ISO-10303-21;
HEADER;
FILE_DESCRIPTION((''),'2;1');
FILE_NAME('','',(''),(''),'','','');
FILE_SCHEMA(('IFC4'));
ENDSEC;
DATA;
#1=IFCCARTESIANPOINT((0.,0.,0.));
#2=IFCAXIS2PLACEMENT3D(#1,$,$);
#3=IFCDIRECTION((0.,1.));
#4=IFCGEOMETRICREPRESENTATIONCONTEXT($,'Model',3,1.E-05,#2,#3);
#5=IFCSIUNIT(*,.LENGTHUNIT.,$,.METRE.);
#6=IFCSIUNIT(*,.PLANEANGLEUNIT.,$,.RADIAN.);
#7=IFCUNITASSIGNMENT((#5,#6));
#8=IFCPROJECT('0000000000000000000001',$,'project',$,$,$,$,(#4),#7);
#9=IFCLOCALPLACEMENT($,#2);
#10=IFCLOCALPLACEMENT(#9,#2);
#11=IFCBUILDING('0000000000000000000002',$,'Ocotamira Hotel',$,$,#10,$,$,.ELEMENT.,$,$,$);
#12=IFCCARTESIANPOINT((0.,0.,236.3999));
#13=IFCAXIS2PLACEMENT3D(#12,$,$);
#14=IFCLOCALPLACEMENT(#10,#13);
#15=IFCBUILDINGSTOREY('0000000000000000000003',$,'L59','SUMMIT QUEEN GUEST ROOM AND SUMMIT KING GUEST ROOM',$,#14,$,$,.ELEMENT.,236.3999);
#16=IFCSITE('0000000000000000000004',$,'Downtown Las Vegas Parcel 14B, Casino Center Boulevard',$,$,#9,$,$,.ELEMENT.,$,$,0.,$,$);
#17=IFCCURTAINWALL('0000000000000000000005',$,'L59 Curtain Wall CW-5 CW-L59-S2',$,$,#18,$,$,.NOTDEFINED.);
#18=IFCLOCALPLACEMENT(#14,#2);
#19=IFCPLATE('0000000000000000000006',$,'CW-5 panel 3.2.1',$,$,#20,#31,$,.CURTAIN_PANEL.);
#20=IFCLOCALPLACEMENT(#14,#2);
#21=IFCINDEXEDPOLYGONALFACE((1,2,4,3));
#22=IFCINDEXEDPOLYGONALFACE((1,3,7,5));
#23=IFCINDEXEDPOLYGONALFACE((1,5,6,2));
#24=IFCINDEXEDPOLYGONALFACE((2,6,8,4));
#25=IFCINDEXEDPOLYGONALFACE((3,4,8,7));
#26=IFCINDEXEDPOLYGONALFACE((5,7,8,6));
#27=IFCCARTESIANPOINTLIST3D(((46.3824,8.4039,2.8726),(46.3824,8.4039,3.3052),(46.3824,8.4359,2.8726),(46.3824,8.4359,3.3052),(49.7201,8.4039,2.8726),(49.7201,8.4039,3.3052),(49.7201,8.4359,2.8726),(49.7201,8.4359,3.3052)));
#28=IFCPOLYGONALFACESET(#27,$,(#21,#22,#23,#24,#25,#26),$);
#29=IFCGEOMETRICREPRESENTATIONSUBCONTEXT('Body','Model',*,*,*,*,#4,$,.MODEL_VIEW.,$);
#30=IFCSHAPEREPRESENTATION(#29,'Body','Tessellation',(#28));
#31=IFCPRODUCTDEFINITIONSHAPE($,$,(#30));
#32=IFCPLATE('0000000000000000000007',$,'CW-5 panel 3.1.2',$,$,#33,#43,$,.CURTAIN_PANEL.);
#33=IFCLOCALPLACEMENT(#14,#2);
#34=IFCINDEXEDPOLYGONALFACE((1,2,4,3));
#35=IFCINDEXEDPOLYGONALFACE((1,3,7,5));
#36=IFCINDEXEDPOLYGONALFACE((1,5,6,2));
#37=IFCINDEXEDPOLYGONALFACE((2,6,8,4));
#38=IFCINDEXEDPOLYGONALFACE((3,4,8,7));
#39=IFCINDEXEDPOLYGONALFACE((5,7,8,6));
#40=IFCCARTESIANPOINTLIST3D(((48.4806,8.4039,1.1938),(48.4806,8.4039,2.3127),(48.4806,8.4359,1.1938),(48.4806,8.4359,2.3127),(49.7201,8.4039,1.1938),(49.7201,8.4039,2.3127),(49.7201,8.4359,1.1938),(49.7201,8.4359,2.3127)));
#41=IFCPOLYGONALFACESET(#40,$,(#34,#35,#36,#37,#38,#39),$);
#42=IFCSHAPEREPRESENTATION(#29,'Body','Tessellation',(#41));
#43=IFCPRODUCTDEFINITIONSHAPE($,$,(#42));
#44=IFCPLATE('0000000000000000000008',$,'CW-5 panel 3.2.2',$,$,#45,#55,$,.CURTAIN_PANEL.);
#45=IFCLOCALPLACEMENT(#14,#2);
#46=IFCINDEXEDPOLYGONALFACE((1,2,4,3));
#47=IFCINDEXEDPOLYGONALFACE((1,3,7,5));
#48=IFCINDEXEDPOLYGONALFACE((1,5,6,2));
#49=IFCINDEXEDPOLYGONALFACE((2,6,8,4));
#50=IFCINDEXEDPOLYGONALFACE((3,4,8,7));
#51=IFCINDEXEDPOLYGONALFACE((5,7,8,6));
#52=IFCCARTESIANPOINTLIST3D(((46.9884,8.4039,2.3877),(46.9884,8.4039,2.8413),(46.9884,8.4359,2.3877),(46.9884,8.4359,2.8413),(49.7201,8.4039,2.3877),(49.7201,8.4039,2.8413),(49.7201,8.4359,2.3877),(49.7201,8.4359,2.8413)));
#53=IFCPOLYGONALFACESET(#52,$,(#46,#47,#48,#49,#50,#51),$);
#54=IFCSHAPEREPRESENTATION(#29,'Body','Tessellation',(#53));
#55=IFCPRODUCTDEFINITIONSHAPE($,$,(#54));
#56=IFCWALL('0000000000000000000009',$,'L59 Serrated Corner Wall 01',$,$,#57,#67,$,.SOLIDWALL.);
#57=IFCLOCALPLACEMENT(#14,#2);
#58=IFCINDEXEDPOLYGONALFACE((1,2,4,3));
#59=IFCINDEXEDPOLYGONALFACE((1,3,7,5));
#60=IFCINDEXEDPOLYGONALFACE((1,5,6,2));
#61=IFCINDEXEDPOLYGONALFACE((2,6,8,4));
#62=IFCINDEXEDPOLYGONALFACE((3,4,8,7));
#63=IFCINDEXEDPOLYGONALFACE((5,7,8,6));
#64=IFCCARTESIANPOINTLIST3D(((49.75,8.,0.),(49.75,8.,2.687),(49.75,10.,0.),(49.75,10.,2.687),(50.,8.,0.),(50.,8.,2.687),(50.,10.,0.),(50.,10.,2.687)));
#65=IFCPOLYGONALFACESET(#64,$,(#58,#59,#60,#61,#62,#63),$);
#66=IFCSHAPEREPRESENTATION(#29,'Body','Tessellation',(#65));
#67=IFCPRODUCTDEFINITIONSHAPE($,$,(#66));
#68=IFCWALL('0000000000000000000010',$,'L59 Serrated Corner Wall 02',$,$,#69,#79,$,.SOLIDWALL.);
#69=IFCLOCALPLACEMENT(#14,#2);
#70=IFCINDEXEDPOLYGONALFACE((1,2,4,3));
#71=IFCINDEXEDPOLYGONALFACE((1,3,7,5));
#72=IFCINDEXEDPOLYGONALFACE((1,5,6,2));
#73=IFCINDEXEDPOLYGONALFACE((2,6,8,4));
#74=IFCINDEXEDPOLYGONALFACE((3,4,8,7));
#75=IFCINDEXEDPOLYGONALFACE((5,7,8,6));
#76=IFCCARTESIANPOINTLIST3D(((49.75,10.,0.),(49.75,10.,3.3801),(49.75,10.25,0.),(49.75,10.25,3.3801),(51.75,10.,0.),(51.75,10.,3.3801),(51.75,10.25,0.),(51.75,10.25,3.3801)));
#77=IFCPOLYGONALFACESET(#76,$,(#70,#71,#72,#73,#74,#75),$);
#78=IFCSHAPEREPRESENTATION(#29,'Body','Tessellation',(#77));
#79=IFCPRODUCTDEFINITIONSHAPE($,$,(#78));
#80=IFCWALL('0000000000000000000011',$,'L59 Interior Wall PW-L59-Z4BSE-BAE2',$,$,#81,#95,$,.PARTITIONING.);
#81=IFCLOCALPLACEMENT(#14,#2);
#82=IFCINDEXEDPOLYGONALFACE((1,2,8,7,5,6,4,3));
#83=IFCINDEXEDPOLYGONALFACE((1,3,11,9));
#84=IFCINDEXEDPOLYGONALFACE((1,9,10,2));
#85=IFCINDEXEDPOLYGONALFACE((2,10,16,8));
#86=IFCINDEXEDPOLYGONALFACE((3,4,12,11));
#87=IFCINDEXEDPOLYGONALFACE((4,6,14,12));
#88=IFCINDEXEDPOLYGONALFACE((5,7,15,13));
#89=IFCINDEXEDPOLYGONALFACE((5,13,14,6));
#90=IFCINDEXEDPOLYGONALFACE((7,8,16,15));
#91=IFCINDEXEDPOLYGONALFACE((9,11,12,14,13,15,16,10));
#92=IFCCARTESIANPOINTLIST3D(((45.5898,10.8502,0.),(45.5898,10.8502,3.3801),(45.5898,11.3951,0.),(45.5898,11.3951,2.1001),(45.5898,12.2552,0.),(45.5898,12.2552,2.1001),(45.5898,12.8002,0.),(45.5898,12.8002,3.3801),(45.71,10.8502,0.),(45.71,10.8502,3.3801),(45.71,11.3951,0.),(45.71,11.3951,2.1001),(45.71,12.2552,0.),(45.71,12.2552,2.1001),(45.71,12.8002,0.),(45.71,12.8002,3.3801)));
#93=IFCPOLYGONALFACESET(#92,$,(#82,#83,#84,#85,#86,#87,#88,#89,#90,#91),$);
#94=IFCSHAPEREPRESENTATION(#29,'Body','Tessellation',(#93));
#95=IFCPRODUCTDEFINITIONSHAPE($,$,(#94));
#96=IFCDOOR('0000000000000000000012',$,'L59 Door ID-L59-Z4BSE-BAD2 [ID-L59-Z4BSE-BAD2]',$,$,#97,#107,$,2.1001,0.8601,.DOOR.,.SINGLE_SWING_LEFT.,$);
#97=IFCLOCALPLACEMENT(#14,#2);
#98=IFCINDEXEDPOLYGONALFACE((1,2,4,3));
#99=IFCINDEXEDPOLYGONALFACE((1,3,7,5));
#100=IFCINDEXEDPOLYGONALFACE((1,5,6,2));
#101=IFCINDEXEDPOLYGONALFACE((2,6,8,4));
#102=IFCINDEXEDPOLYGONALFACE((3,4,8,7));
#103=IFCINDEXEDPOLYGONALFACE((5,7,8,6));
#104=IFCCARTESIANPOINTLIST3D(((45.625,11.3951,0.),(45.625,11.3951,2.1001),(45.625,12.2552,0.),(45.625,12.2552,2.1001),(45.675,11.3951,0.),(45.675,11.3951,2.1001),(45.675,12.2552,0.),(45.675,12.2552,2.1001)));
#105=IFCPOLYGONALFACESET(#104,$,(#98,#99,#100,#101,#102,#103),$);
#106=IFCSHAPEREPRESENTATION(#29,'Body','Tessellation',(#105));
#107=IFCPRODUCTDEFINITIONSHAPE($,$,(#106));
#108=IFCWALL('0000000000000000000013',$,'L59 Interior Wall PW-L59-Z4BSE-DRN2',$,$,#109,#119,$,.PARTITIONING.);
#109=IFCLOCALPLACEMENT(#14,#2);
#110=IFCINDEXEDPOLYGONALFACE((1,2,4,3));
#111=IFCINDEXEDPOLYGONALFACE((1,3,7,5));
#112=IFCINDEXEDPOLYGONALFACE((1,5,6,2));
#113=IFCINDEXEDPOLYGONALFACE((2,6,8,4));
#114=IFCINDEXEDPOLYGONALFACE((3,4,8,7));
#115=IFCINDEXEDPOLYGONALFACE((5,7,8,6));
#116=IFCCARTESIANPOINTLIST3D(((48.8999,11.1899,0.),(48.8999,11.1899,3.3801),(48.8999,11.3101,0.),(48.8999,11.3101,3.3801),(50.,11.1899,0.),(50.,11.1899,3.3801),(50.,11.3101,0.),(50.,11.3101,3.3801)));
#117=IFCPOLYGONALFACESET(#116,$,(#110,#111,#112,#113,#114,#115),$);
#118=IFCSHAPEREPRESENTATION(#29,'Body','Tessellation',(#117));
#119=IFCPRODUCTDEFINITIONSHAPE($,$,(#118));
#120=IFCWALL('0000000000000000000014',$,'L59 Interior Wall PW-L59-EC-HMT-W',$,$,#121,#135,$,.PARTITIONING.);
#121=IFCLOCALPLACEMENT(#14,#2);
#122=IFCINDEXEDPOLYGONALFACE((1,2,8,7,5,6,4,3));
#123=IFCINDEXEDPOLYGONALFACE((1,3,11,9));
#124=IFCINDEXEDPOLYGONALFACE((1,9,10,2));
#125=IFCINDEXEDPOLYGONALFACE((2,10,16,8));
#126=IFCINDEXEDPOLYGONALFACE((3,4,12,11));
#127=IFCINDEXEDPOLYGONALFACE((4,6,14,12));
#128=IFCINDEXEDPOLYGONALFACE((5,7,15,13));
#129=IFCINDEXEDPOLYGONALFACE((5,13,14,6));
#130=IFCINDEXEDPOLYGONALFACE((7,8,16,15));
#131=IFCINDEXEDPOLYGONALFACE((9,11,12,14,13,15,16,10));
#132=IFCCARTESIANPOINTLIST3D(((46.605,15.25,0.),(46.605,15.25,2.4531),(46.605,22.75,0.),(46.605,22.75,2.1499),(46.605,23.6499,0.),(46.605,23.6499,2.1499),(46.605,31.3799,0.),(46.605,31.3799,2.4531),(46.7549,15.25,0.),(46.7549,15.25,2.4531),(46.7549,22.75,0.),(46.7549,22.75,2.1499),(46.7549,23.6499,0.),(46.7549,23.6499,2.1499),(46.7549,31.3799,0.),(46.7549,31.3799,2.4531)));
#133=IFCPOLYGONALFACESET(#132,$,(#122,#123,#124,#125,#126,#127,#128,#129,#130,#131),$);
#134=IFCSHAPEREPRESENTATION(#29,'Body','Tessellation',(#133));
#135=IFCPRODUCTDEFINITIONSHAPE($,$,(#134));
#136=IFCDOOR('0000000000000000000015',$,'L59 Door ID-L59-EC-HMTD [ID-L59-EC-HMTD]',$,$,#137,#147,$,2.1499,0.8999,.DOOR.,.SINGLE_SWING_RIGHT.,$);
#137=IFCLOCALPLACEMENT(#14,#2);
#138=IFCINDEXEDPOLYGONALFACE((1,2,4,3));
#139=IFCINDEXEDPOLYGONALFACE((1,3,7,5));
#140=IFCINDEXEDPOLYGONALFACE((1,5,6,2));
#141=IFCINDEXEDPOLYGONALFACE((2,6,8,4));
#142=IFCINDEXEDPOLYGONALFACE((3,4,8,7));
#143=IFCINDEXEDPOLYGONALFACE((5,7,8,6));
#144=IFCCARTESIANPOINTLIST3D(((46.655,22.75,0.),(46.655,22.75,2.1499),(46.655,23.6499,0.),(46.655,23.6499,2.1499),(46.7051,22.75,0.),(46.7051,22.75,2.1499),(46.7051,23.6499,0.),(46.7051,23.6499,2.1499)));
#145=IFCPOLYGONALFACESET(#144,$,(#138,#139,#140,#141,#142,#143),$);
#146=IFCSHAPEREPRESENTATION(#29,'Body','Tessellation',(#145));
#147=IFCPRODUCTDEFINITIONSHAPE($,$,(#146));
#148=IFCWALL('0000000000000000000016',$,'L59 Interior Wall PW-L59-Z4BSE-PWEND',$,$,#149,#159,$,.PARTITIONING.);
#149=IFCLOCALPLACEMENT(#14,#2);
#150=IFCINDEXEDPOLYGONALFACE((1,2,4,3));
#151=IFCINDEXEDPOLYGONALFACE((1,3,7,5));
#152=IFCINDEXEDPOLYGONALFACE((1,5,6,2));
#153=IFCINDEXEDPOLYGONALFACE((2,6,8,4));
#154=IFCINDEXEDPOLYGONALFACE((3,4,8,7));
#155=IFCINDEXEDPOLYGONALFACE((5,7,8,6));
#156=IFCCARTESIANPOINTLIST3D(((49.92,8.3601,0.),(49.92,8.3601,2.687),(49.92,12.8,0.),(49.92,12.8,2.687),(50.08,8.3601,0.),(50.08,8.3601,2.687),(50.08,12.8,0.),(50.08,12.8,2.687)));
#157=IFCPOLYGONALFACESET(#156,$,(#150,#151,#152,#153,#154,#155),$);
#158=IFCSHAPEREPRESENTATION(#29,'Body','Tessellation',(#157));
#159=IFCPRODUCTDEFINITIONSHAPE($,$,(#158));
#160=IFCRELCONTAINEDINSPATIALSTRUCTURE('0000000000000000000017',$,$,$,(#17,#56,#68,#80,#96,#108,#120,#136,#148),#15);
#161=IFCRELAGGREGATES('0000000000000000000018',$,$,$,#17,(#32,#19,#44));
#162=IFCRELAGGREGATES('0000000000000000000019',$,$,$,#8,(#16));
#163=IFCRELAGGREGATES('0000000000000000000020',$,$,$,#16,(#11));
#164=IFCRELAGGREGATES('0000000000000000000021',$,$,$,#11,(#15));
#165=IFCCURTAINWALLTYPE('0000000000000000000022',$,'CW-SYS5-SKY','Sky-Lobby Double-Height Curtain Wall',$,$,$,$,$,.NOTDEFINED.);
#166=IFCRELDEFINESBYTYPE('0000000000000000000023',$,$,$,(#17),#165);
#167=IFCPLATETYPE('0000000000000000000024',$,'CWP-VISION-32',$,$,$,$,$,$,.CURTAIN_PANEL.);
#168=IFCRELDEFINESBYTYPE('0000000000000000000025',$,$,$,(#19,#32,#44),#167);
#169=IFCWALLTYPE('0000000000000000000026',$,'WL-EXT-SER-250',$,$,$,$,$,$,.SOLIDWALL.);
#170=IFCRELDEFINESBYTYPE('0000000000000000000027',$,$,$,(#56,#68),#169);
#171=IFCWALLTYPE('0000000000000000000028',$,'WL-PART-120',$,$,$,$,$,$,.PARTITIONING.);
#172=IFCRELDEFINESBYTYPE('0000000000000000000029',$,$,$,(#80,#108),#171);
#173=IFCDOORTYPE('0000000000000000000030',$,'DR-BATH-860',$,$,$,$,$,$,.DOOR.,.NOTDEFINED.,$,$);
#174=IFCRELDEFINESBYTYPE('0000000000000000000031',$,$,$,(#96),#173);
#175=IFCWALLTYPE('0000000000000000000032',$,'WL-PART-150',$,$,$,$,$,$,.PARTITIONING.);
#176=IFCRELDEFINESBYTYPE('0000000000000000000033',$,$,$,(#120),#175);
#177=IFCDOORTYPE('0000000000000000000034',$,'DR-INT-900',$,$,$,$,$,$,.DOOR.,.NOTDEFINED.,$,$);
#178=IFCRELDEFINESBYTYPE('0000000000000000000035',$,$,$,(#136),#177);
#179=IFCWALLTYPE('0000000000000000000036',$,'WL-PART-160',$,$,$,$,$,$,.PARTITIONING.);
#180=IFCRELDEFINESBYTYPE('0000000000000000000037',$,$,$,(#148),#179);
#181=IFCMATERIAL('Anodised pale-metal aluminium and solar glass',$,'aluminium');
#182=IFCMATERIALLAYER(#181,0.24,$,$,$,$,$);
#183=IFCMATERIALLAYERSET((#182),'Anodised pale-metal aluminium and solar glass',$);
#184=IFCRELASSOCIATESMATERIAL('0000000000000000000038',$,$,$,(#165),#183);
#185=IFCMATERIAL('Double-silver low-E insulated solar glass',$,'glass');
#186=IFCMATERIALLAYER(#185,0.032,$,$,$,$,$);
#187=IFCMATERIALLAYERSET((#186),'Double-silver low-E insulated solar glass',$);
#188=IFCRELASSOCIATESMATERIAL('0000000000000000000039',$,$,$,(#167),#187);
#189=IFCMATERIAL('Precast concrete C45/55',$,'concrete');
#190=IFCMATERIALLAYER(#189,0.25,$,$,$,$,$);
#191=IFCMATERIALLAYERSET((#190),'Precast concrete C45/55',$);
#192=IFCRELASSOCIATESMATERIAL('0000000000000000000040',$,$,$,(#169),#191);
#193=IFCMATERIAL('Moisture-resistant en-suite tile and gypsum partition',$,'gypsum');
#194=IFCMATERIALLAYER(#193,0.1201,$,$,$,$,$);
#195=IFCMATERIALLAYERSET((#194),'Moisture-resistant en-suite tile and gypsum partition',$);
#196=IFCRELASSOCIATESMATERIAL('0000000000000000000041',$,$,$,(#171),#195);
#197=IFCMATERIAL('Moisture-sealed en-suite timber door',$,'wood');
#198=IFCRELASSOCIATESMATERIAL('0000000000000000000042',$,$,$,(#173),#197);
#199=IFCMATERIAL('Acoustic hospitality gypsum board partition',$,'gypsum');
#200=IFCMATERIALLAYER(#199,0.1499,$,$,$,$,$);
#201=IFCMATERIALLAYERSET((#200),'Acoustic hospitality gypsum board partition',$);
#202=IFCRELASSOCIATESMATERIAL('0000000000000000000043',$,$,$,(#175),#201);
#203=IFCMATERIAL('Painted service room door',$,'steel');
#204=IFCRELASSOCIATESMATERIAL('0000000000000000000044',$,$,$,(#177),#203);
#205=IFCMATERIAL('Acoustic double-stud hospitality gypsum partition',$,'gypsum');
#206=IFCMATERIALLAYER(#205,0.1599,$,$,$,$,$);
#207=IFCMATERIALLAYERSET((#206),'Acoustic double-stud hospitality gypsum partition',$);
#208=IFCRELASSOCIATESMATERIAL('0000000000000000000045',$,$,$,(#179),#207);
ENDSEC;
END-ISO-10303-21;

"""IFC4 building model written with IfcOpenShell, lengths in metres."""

from ifc_helpers import new_model, si_unit, direction, frame, frame_2d, origin, origin_2d, place, context, subcontext, project, spatial, rectangle, extrude, source, transform, mapped, material, layer, layer_set, type_object, element, fill, aggregate, save


model = new_model("IFC4")

# Units and contexts
model_context = context("Model", 3, precision=1e-05, world=origin(), true_north=direction((0.0, 1.0)))
body_context = subcontext(model_context, "Body", "Model", "MODEL_VIEW")
ifc_project = project(units=[si_unit("LENGTHUNIT", "METRE"), si_unit("PLANEANGLEUNIT", "RADIAN")], contexts=[model_context])

# Site, building, storey
site_placement = place(None, origin())
site = spatial("IfcSite", under=ifc_project, at=site_placement, Name="Downtown Las Vegas Parcel 14B, Casino Center Boulevard", CompositionType="ELEMENT", RefElevation=0.0)
building_placement = place(site_placement, origin())
building = spatial("IfcBuilding", under=site, at=building_placement, Name="Ocotamira Hotel", CompositionType="ELEMENT")
storey_placement = place(building_placement, frame((0.0, 0.0, 236.3999)))
storey = spatial("IfcBuildingStorey", under=building, at=storey_placement, Name="L59", Description="SUMMIT QUEEN GUEST ROOM AND SUMMIT KING GUEST ROOM", CompositionType="ELEMENT", Elevation=236.3999)

# Curtain wall, plates
ifc_material_1 = material(Name="Anodised pale-metal aluminium and solar glass", Category="aluminium")
ifc_layer_1 = layer(ifc_material_1, 0.24)
ifc_layer_set_1 = layer_set([ifc_layer_1], Name="Anodised pale-metal aluminium and solar glass")
curtain_wall_type = type_object("IfcCurtainWallType", Name="CW-SYS5-SKY", Description="Sky-Lobby Double-Height Curtain Wall", PredefinedType="NOTDEFINED", material=ifc_layer_set_1)
curtain_wall_placement = place(storey_placement, origin())
curtain_wall = element("IfcCurtainWall", 1, at=curtain_wall_placement, inside=storey, type_object=curtain_wall_type, Name="L59 Curtain Wall CW-5 CW-L59-S2", PredefinedType="NOTDEFINED")
ifc_material_2 = material(Name="Double-silver low-E insulated solar glass", Category="glass")
ifc_layer_2 = layer(ifc_material_2, 0.032)
ifc_layer_set_2 = layer_set([ifc_layer_2], Name="Double-silver low-E insulated solar glass")
plate_type = type_object("IfcPlateType", Name="CWP-VISION-32", PredefinedType="CURTAIN_PANEL", material=ifc_layer_set_2)
shared_shape_1 = source(origin(), body_context, "Body", "SweptSolid", [
    extrude(rectangle(XDim=3.3376, YDim=0.032, at=origin_2d()), origin(), (0.0, 0.0, 1.0), 0.4326),
])
plate_1_placement = place(storey_placement, frame((48.0513, 8.4199, 2.8726), z_axis=(0.0, 0.0, 1.0), x_axis=(1.0, 0.0, 0.0)))
plate_1 = element("IfcPlate", 2, at=plate_1_placement, type_object=plate_type, Name="CW-5 panel 3.2.1", PredefinedType="CURTAIN_PANEL", context=body_context, shape_type="MappedRepresentation", body=[
    mapped(shared_shape_1, transform((0.0, 0.0, 0.0), scale=1.0)),
])
shared_shape_2 = source(origin(), body_context, "Body", "SweptSolid", [
    extrude(rectangle(XDim=1.2395, YDim=0.032, at=origin_2d()), origin(), (0.0, 0.0, 1.0), 1.1189),
])
plate_2_placement = place(storey_placement, frame((49.1003, 8.4199, 1.1938), z_axis=(0.0, 0.0, 1.0), x_axis=(1.0, 0.0, 0.0)))
plate_2 = element("IfcPlate", 3, at=plate_2_placement, type_object=plate_type, Name="CW-5 panel 3.1.2", PredefinedType="CURTAIN_PANEL", context=body_context, shape_type="MappedRepresentation", body=[
    mapped(shared_shape_2, transform((0.0, 0.0, 0.0), scale=1.0)),
])
shared_shape_3 = source(origin(), body_context, "Body", "SweptSolid", [
    extrude(rectangle(XDim=2.7317, YDim=0.032, at=origin_2d()), origin(), (0.0, 0.0, 1.0), 0.4536),
])
plate_3_placement = place(storey_placement, frame((48.3542, 8.4199, 2.3877), z_axis=(0.0, 0.0, 1.0), x_axis=(1.0, 0.0, 0.0)))
plate_3 = element("IfcPlate", 4, at=plate_3_placement, type_object=plate_type, Name="CW-5 panel 3.2.2", PredefinedType="CURTAIN_PANEL", context=body_context, shape_type="MappedRepresentation", body=[
    mapped(shared_shape_3, transform((0.0, 0.0, 0.0), scale=1.0)),
])
aggregate(curtain_wall, [plate_2, plate_1, plate_3])

# Walls
ifc_material_3 = material(Name="Precast concrete C45/55", Category="concrete")
ifc_layer_3 = layer(ifc_material_3, 0.25)
ifc_layer_set_3 = layer_set([ifc_layer_3], Name="Precast concrete C45/55")
wall_type_1 = type_object("IfcWallType", Name="WL-EXT-SER-250", PredefinedType="SOLIDWALL", material=ifc_layer_set_3)
wall_1_placement = place(storey_placement, frame((49.875, 8.0, 0.0), z_axis=(0.0, 0.0, 1.0), x_axis=(0.0, 1.0, 0.0)))
element("IfcWall", 5, at=wall_1_placement, inside=storey, type_object=wall_type_1, Name="L59 Serrated Corner Wall 01", PredefinedType="SOLIDWALL", context=body_context, shape_type="SweptSolid", body=[
    extrude(rectangle(XDim=2.0, YDim=0.25, at=frame_2d((1.0, 0.0))), origin(), (0.0, 0.0, 1.0), 2.687),
])
wall_2_placement = place(storey_placement, frame((49.75, 10.125, 0.0), z_axis=(0.0, 0.0, 1.0), x_axis=(1.0, 0.0, 0.0)))
element("IfcWall", 6, at=wall_2_placement, inside=storey, type_object=wall_type_1, Name="L59 Serrated Corner Wall 02", PredefinedType="SOLIDWALL", context=body_context, shape_type="SweptSolid", body=[
    extrude(rectangle(XDim=2.0, YDim=0.25, at=frame_2d((1.0, 0.0))), origin(), (0.0, 0.0, 1.0), 3.3801),
])

# Wall, opening, door
ifc_material_4 = material(Name="Moisture-resistant en-suite tile and gypsum partition", Category="gypsum")
ifc_layer_4 = layer(ifc_material_4, 0.1201)
ifc_layer_set_4 = layer_set([ifc_layer_4], Name="Moisture-resistant en-suite tile and gypsum partition")
wall_type_2 = type_object("IfcWallType", Name="WL-PART-120", PredefinedType="PARTITIONING", material=ifc_layer_set_4)
wall_3_placement = place(storey_placement, frame((45.6499, 10.8501, 0.0), z_axis=(0.0, 0.0, 1.0), x_axis=(0.0, 1.0, 0.0)))
wall_3 = element("IfcWall", 7, at=wall_3_placement, inside=storey, type_object=wall_type_2, Name="L59 Interior Wall PW-L59-Z4BSE-BAE2", PredefinedType="PARTITIONING", context=body_context, shape_type="SweptSolid", body=[
    extrude(rectangle(XDim=1.95, YDim=0.1201, at=frame_2d((0.9751, 0.0))), origin(), (0.0, 0.0, 1.0), 3.3801),
])
opening_1_placement = place(wall_3_placement, frame((0.5449, 0.0, 0.0)))
opening_1 = element("IfcOpeningElement", 8, at=opening_1_placement, cuts=wall_3, PredefinedType="OPENING", context=body_context, shape_type="SweptSolid", body=[
    extrude(rectangle(XDim=0.8601, YDim=2.1001, at=frame_2d((0.4302, 1.05))), frame((0.0, 0.0701, 0.0), z_axis=(0.0, -1.0, 0.0), x_axis=(1.0, 0.0, 0.0)), (0.0, 0.0, 1.0), 0.1401),
])
ifc_material_5 = material(Name="Moisture-sealed en-suite timber door", Category="wood")
door_type_1 = type_object("IfcDoorType", Name="DR-BATH-860", OperationType="NOTDEFINED", PredefinedType="DOOR", material=ifc_material_5)
shared_shape_4 = source(origin(), body_context, "Body", "SweptSolid", [
    extrude(rectangle(XDim=0.8601, YDim=2.1001, at=frame_2d((0.4302, 1.05))), frame((0.0, 0.0249, 0.0), z_axis=(0.0, -1.0, 0.0), x_axis=(1.0, 0.0, 0.0)), (0.0, 0.0, 1.0), 0.05),
])
door_1_placement = place(opening_1_placement, origin())
door_1 = element("IfcDoor", 9, at=door_1_placement, inside=storey, type_object=door_type_1, Name="L59 Door ID-L59-Z4BSE-BAD2 [ID-L59-Z4BSE-BAD2]", OperationType="SINGLE_SWING_LEFT", OverallHeight=2.1001, OverallWidth=0.8601, PredefinedType="DOOR", context=body_context, shape_type="MappedRepresentation", body=[
    mapped(shared_shape_4, transform((0.0, 0.0, 0.0), scale=1.0)),
])
fill(opening_1, door_1)

# Wall
wall_4_placement = place(storey_placement, frame((48.8999, 11.25, 0.0), z_axis=(0.0, 0.0, 1.0), x_axis=(1.0, 0.0, 0.0)))
element("IfcWall", 10, at=wall_4_placement, inside=storey, type_object=wall_type_2, Name="L59 Interior Wall PW-L59-Z4BSE-DRN2", PredefinedType="PARTITIONING", context=body_context, shape_type="SweptSolid", body=[
    extrude(rectangle(XDim=1.1001, YDim=0.1201, at=frame_2d((0.55, 0.0))), origin(), (0.0, 0.0, 1.0), 3.3801),
])

# Wall, opening, door
ifc_material_6 = material(Name="Acoustic hospitality gypsum board partition", Category="gypsum")
ifc_layer_5 = layer(ifc_material_6, 0.1499)
ifc_layer_set_5 = layer_set([ifc_layer_5], Name="Acoustic hospitality gypsum board partition")
wall_type_3 = type_object("IfcWallType", Name="WL-PART-150", PredefinedType="PARTITIONING", material=ifc_layer_set_5)
wall_5_placement = place(storey_placement, frame((46.6799, 15.25, 0.0), z_axis=(0.0, 0.0, 1.0), x_axis=(0.0, 1.0, 0.0)))
wall_5 = element("IfcWall", 11, at=wall_5_placement, inside=storey, type_object=wall_type_3, Name="L59 Interior Wall PW-L59-EC-HMT-W", PredefinedType="PARTITIONING", context=body_context, shape_type="SweptSolid", body=[
    extrude(rectangle(XDim=16.1299, YDim=0.1499, at=frame_2d((8.0649, 0.0))), origin(), (0.0, 0.0, 1.0), 2.4531),
])
opening_2_placement = place(wall_5_placement, frame((7.5, 0.0, 0.0)))
opening_2 = element("IfcOpeningElement", 12, at=opening_2_placement, cuts=wall_5, PredefinedType="OPENING", context=body_context, shape_type="SweptSolid", body=[
    extrude(rectangle(XDim=0.8999, YDim=2.1499, at=frame_2d((0.45, 1.075))), frame((0.0, 0.085, 0.0), z_axis=(0.0, -1.0, 0.0), x_axis=(1.0, 0.0, 0.0)), (0.0, 0.0, 1.0), 0.1699),
])
ifc_material_7 = material(Name="Painted service room door", Category="steel")
door_type_2 = type_object("IfcDoorType", Name="DR-INT-900", OperationType="NOTDEFINED", PredefinedType="DOOR", material=ifc_material_7)
shared_shape_5 = source(origin(), body_context, "Body", "SweptSolid", [
    extrude(rectangle(XDim=0.8999, YDim=2.1499, at=frame_2d((0.45, 1.075))), frame((0.0, 0.0249, 0.0), z_axis=(0.0, -1.0, 0.0), x_axis=(1.0, 0.0, 0.0)), (0.0, 0.0, 1.0), 0.05),
])
door_2_placement = place(opening_2_placement, origin())
door_2 = element("IfcDoor", 13, at=door_2_placement, inside=storey, type_object=door_type_2, Name="L59 Door ID-L59-EC-HMTD [ID-L59-EC-HMTD]", OperationType="SINGLE_SWING_RIGHT", OverallHeight=2.1499, OverallWidth=0.8999, PredefinedType="DOOR", context=body_context, shape_type="MappedRepresentation", body=[
    mapped(shared_shape_5, transform((0.0, 0.0, 0.0), scale=1.0)),
])
fill(opening_2, door_2)

# Wall
ifc_material_8 = material(Name="Acoustic double-stud hospitality gypsum partition", Category="gypsum")
ifc_layer_6 = layer(ifc_material_8, 0.1599)
ifc_layer_set_6 = layer_set([ifc_layer_6], Name="Acoustic double-stud hospitality gypsum partition")
wall_type_4 = type_object("IfcWallType", Name="WL-PART-160", PredefinedType="PARTITIONING", material=ifc_layer_set_6)
wall_6_placement = place(storey_placement, frame((50.0, 8.3601, 0.0), z_axis=(0.0, 0.0, 1.0), x_axis=(0.0, 1.0, 0.0)))
element("IfcWall", 14, at=wall_6_placement, inside=storey, type_object=wall_type_4, Name="L59 Interior Wall PW-L59-Z4BSE-PWEND", PredefinedType="PARTITIONING", context=body_context, shape_type="SweptSolid", body=[
    extrude(rectangle(XDim=4.4399, YDim=0.1599, at=frame_2d((2.22, 0.0))), origin(), (0.0, 0.0, 1.0), 2.687),
])

save(model, "model.ifc")
